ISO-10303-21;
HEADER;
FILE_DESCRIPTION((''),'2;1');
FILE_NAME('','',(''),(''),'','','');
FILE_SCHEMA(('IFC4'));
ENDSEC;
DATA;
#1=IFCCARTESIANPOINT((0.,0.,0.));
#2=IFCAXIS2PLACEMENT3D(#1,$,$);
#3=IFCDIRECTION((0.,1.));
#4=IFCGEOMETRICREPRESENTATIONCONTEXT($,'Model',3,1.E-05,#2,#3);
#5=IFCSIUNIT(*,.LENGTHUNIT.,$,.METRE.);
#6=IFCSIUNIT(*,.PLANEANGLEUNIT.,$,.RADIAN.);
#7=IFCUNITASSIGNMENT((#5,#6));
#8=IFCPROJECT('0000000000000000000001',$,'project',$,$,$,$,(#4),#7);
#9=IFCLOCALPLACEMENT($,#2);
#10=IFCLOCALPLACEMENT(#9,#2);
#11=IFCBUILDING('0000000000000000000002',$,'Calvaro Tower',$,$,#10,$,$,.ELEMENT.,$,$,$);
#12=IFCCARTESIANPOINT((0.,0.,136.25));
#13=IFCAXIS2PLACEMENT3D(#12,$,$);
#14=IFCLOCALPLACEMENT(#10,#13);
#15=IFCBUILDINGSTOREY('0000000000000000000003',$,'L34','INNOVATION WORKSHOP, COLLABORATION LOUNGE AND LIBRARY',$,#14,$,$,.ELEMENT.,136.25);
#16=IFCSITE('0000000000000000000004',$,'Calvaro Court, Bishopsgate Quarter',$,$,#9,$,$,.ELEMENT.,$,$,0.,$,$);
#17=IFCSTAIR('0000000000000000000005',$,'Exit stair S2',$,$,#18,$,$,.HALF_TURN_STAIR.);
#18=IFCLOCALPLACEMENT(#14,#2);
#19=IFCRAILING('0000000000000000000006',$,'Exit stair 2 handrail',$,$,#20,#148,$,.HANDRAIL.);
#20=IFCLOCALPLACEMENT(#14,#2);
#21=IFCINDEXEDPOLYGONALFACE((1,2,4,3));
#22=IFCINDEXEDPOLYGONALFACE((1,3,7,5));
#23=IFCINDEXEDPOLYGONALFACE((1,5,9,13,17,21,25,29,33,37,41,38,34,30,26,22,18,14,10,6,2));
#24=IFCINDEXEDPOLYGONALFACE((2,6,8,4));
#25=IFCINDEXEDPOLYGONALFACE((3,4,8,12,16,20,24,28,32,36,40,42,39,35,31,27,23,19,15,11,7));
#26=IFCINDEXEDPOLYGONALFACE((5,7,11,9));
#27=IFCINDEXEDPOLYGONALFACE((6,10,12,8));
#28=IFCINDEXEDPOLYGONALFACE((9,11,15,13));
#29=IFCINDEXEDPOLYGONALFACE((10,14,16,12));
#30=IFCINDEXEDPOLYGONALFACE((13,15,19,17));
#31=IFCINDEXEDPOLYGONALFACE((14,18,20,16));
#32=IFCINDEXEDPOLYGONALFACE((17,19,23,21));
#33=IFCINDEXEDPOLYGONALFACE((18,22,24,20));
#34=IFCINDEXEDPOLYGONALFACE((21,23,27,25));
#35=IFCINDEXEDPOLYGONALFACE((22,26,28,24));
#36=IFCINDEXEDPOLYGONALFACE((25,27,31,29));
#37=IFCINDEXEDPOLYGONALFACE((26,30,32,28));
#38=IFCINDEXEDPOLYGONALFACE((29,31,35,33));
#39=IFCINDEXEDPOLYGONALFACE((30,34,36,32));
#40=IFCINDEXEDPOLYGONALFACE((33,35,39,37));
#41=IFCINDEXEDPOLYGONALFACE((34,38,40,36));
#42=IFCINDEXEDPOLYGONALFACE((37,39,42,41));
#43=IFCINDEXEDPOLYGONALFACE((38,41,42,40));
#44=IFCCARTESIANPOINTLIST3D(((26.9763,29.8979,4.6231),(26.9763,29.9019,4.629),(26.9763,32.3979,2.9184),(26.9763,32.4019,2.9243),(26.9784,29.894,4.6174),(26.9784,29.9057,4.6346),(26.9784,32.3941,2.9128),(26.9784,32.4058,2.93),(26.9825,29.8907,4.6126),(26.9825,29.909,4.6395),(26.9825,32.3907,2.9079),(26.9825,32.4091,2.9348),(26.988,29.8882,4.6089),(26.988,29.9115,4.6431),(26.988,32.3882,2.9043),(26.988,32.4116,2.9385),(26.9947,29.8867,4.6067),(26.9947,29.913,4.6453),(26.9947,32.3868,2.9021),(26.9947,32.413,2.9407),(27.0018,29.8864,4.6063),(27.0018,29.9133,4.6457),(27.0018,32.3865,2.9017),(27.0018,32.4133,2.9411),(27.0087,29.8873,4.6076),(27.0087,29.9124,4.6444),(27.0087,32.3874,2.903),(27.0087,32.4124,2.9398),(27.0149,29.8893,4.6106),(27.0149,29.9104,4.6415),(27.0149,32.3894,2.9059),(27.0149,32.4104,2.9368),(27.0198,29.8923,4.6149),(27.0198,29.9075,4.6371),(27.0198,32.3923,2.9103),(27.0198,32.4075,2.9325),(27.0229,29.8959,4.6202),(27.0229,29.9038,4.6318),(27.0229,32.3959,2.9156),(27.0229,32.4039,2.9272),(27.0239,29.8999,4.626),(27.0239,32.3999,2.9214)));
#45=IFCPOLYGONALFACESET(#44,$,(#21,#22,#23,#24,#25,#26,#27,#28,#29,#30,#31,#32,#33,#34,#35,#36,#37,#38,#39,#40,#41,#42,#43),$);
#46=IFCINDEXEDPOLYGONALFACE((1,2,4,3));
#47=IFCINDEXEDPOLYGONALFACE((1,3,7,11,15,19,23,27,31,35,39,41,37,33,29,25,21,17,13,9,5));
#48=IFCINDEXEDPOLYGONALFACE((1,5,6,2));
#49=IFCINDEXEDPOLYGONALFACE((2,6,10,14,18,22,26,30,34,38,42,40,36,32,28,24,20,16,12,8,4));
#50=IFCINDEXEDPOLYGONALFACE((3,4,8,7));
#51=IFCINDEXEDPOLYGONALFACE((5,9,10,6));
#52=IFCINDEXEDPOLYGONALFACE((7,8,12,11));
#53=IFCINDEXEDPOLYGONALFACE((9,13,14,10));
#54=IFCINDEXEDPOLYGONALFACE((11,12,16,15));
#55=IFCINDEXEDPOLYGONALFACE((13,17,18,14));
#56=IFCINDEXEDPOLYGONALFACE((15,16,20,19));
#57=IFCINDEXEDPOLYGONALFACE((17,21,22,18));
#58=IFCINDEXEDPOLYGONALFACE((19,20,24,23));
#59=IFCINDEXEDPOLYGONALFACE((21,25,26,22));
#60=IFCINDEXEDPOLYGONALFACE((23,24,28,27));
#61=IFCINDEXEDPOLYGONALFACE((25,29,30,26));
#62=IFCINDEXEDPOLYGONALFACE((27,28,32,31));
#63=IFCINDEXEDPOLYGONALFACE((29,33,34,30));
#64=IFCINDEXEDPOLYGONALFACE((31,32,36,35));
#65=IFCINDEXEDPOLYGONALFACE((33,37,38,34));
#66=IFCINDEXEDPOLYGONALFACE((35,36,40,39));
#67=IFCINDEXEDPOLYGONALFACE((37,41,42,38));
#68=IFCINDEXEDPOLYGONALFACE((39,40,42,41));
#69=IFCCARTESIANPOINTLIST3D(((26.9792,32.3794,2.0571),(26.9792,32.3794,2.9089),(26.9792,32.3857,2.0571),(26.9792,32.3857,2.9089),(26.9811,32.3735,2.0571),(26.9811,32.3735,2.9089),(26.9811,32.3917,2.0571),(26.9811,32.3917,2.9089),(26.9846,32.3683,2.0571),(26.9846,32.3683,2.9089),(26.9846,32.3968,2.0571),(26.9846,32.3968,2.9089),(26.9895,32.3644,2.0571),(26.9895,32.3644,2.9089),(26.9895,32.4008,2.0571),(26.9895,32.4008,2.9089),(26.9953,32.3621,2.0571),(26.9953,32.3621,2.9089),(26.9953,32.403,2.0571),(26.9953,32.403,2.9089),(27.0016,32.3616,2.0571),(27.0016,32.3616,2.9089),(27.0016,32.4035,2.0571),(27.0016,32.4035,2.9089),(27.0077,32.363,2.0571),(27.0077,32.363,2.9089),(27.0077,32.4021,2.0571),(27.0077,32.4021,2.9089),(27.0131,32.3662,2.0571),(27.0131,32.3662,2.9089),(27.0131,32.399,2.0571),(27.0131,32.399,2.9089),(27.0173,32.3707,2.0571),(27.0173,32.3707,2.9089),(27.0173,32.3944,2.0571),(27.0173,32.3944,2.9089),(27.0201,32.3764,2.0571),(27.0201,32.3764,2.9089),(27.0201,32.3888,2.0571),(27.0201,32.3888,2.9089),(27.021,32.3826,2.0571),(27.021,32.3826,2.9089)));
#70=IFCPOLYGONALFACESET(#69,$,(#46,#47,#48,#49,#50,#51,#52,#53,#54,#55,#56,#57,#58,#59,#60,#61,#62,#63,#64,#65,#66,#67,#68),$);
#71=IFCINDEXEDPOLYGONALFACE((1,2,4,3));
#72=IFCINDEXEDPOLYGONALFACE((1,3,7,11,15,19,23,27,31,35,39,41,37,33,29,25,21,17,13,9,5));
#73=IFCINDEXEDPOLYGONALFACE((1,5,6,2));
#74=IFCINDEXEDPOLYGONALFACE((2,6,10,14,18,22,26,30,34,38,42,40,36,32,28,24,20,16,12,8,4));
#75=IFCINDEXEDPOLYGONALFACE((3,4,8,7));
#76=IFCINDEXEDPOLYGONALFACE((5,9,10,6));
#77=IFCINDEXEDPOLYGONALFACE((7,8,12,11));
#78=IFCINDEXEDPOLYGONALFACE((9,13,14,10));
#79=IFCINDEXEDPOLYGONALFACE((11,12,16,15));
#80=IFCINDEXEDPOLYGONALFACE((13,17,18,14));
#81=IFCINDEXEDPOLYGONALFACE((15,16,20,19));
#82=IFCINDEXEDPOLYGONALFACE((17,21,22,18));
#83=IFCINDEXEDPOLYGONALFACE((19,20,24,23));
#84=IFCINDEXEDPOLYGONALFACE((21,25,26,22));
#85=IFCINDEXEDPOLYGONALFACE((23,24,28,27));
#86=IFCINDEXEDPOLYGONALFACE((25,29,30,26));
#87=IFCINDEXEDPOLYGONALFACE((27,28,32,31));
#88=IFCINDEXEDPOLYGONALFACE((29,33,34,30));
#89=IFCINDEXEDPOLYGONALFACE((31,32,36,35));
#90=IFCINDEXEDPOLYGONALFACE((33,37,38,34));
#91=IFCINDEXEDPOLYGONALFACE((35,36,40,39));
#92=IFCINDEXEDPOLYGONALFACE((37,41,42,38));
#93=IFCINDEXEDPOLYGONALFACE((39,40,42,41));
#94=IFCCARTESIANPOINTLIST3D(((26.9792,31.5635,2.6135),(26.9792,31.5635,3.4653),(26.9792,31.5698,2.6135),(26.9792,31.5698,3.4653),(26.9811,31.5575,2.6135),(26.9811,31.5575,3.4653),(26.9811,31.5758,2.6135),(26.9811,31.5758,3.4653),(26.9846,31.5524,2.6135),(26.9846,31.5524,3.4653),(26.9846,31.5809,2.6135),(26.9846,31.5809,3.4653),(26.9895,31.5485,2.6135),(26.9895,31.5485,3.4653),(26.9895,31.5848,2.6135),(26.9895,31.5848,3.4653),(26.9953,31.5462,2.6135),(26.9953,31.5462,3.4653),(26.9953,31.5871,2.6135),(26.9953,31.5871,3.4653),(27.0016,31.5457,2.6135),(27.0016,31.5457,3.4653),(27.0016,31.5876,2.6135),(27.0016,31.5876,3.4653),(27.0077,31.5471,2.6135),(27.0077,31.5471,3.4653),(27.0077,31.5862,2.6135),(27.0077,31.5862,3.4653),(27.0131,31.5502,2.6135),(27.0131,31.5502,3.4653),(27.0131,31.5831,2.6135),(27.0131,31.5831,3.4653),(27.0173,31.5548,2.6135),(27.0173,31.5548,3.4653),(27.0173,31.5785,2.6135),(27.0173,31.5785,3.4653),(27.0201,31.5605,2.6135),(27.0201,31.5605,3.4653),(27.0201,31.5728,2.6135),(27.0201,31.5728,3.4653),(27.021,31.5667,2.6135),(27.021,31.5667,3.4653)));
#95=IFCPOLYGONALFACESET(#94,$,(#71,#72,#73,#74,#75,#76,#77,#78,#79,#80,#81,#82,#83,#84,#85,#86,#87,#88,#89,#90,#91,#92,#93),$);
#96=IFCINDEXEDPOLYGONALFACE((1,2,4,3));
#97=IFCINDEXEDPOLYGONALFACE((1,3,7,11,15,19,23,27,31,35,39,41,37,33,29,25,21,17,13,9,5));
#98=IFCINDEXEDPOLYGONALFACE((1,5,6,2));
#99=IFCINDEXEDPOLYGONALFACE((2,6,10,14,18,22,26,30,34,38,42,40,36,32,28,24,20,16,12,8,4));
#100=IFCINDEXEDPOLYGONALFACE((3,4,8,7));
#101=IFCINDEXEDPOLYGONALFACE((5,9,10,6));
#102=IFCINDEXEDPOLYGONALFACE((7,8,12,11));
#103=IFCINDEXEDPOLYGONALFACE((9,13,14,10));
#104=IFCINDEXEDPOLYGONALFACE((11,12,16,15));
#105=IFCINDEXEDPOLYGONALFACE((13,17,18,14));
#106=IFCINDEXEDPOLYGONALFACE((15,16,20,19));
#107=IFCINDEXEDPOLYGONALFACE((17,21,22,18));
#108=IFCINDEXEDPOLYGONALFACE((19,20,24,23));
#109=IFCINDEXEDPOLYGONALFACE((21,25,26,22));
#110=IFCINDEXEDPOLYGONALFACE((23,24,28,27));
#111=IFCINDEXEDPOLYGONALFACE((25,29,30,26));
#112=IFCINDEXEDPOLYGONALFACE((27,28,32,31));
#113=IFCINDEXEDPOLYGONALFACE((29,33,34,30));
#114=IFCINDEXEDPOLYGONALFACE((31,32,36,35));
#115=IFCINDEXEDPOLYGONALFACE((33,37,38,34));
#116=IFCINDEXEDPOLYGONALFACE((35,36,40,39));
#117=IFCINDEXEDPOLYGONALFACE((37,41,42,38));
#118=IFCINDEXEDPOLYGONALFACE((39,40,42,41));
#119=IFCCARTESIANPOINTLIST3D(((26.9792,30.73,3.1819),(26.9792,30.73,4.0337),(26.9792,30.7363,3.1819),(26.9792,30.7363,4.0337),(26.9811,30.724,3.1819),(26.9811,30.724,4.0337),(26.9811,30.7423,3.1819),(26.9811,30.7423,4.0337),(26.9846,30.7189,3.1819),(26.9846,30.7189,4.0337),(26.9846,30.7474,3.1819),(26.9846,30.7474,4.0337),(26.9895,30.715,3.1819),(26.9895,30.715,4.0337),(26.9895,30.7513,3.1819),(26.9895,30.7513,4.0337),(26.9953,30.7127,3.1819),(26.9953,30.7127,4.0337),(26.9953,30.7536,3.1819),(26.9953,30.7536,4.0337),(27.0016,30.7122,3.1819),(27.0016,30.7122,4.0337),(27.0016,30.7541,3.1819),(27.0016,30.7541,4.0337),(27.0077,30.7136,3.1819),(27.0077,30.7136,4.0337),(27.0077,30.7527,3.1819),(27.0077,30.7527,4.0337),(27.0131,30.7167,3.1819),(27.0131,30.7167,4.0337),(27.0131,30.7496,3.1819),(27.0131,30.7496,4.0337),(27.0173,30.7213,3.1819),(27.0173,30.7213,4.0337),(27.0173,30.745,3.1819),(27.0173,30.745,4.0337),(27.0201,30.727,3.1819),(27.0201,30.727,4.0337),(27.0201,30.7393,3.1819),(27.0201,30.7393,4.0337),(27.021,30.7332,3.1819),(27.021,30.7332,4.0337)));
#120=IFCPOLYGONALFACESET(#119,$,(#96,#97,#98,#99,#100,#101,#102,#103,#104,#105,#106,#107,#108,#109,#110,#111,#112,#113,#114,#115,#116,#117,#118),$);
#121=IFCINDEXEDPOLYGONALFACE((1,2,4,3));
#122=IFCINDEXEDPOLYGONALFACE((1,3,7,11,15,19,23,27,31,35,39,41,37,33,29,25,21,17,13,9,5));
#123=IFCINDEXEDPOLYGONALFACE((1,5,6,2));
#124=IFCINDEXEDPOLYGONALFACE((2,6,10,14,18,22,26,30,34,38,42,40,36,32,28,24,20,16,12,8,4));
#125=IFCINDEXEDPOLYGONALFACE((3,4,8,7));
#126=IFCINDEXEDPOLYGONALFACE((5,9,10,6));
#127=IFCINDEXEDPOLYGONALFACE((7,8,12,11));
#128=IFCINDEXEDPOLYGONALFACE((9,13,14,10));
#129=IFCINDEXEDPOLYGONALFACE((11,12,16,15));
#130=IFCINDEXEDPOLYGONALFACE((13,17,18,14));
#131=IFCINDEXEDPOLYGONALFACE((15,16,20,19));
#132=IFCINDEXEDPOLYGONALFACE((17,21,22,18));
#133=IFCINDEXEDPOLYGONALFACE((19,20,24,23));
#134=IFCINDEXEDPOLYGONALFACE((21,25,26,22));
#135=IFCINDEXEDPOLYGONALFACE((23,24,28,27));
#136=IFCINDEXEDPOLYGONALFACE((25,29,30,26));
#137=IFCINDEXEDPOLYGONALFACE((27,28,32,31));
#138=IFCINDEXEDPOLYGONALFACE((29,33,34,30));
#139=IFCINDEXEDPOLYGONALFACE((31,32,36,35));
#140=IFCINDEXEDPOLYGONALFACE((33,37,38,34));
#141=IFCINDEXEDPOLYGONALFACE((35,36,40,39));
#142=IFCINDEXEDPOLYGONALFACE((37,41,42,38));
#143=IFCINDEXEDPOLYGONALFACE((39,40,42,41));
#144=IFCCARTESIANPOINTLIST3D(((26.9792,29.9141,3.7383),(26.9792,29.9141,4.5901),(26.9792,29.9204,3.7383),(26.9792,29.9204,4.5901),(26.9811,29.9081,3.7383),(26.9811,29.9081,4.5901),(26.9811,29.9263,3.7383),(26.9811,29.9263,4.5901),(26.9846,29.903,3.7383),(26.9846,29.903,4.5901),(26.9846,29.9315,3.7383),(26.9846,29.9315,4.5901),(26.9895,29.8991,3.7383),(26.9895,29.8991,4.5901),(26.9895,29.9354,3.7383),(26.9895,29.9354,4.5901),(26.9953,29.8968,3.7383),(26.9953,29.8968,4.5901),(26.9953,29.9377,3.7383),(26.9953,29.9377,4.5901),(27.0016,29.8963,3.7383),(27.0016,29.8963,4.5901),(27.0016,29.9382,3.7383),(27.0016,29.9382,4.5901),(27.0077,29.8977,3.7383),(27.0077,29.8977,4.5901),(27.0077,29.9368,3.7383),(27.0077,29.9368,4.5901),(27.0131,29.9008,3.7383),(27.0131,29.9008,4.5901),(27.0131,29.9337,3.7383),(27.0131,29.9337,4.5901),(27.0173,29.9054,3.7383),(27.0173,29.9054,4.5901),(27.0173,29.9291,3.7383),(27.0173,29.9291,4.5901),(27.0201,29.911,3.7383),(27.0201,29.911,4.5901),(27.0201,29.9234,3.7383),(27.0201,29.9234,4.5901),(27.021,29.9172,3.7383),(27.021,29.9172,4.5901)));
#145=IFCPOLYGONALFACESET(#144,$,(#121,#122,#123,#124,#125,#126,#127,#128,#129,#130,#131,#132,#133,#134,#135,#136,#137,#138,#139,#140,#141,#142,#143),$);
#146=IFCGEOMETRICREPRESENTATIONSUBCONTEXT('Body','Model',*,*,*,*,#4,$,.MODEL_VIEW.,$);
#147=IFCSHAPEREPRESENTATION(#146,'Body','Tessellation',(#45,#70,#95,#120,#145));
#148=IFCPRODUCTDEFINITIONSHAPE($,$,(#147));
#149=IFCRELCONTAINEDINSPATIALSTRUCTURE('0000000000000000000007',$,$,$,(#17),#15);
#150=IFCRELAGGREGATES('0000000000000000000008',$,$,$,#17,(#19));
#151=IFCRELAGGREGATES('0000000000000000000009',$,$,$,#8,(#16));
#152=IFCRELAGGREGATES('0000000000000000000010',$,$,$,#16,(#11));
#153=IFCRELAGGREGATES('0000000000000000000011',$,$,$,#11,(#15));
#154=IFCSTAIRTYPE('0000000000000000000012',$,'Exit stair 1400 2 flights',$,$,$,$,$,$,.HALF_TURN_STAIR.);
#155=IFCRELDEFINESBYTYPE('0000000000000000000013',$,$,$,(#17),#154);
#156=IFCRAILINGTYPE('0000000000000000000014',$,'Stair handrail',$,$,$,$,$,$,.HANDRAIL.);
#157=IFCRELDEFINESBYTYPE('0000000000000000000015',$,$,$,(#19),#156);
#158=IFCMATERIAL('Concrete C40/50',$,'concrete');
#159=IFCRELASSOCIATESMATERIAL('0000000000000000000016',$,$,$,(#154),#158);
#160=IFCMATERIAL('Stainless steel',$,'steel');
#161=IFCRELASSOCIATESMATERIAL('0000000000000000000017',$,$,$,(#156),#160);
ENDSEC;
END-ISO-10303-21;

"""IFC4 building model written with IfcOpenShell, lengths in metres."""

from ifc_helpers import new_model, si_unit, direction, frame, origin, origin_2d, place, context, subcontext, project, spatial, circle, extrude, material, type_object, element, aggregate, save


model = new_model("IFC4")

# Units and contexts
model_context = context("Model", 3, precision=1e-05, world=origin(), true_north=direction((0.0, 1.0)))
body_context = subcontext(model_context, "Body", "Model", "MODEL_VIEW")
ifc_project = project(units=[si_unit("LENGTHUNIT", "METRE"), si_unit("PLANEANGLEUNIT", "RADIAN")], contexts=[model_context])

# Site, building, storey
site_placement = place(None, origin())
site = spatial("IfcSite", under=ifc_project, at=site_placement, Name="Calvaro Court, Bishopsgate Quarter", CompositionType="ELEMENT", RefElevation=0.0)
building_placement = place(site_placement, origin())
building = spatial("IfcBuilding", under=site, at=building_placement, Name="Calvaro Tower", CompositionType="ELEMENT")
storey_placement = place(building_placement, frame((0.0, 0.0, 136.25)))
storey = spatial("IfcBuildingStorey", under=building, at=storey_placement, Name="L34", Description="INNOVATION WORKSHOP, COLLABORATION LOUNGE AND LIBRARY", CompositionType="ELEMENT", Elevation=136.25)

# Stair, railing
ifc_material_1 = material(Name="Concrete C40/50", Category="concrete")
stair_type = type_object("IfcStairType", Name="Exit stair 1400 2 flights", PredefinedType="HALF_TURN_STAIR", material=ifc_material_1)
stair_placement = place(storey_placement, origin())
stair = element("IfcStair", 1, at=stair_placement, inside=storey, type_object=stair_type, Name="Exit stair S2", PredefinedType="HALF_TURN_STAIR")
ifc_material_2 = material(Name="Stainless steel", Category="steel")
railing_type = type_object("IfcRailingType", Name="Stair handrail", PredefinedType="HANDRAIL", material=ifc_material_2)
railing_1_placement = place(storey_placement, frame((27.0, 32.3999, 2.0454)))
railing_1 = element("IfcRailing", 2, at=railing_1_placement, type_object=railing_type, Name="Exit stair 2 handrail", PredefinedType="HANDRAIL", context=body_context, shape_type="SweptSolid", body=[
    extrude(circle(Radius=0.0239, at=origin_2d()), frame((0.0, 0.0, 0.876), z_axis=(0.0, -0.826221, 0.563347), x_axis=(1.0, 0.0, 0.0)), (0.0, 0.0, 1.0), 3.0259),
    extrude(circle(Radius=0.021, at=origin_2d()), frame((0.0, -0.0173, 0.0117)), (0.0, 0.0, 1.0), 0.8518),
    extrude(circle(Radius=0.021, at=origin_2d()), frame((0.0, -0.8333, 0.5681)), (0.0, 0.0, 1.0), 0.8518),
    extrude(circle(Radius=0.021, at=origin_2d()), frame((0.0, -1.6667, 1.1365)), (0.0, 0.0, 1.0), 0.8518),
    extrude(circle(Radius=0.021, at=origin_2d()), frame((0.0, -2.4827, 1.6929)), (0.0, 0.0, 1.0), 0.8518),
])
aggregate(stair, [railing_1])

save(model, "model.ifc")
